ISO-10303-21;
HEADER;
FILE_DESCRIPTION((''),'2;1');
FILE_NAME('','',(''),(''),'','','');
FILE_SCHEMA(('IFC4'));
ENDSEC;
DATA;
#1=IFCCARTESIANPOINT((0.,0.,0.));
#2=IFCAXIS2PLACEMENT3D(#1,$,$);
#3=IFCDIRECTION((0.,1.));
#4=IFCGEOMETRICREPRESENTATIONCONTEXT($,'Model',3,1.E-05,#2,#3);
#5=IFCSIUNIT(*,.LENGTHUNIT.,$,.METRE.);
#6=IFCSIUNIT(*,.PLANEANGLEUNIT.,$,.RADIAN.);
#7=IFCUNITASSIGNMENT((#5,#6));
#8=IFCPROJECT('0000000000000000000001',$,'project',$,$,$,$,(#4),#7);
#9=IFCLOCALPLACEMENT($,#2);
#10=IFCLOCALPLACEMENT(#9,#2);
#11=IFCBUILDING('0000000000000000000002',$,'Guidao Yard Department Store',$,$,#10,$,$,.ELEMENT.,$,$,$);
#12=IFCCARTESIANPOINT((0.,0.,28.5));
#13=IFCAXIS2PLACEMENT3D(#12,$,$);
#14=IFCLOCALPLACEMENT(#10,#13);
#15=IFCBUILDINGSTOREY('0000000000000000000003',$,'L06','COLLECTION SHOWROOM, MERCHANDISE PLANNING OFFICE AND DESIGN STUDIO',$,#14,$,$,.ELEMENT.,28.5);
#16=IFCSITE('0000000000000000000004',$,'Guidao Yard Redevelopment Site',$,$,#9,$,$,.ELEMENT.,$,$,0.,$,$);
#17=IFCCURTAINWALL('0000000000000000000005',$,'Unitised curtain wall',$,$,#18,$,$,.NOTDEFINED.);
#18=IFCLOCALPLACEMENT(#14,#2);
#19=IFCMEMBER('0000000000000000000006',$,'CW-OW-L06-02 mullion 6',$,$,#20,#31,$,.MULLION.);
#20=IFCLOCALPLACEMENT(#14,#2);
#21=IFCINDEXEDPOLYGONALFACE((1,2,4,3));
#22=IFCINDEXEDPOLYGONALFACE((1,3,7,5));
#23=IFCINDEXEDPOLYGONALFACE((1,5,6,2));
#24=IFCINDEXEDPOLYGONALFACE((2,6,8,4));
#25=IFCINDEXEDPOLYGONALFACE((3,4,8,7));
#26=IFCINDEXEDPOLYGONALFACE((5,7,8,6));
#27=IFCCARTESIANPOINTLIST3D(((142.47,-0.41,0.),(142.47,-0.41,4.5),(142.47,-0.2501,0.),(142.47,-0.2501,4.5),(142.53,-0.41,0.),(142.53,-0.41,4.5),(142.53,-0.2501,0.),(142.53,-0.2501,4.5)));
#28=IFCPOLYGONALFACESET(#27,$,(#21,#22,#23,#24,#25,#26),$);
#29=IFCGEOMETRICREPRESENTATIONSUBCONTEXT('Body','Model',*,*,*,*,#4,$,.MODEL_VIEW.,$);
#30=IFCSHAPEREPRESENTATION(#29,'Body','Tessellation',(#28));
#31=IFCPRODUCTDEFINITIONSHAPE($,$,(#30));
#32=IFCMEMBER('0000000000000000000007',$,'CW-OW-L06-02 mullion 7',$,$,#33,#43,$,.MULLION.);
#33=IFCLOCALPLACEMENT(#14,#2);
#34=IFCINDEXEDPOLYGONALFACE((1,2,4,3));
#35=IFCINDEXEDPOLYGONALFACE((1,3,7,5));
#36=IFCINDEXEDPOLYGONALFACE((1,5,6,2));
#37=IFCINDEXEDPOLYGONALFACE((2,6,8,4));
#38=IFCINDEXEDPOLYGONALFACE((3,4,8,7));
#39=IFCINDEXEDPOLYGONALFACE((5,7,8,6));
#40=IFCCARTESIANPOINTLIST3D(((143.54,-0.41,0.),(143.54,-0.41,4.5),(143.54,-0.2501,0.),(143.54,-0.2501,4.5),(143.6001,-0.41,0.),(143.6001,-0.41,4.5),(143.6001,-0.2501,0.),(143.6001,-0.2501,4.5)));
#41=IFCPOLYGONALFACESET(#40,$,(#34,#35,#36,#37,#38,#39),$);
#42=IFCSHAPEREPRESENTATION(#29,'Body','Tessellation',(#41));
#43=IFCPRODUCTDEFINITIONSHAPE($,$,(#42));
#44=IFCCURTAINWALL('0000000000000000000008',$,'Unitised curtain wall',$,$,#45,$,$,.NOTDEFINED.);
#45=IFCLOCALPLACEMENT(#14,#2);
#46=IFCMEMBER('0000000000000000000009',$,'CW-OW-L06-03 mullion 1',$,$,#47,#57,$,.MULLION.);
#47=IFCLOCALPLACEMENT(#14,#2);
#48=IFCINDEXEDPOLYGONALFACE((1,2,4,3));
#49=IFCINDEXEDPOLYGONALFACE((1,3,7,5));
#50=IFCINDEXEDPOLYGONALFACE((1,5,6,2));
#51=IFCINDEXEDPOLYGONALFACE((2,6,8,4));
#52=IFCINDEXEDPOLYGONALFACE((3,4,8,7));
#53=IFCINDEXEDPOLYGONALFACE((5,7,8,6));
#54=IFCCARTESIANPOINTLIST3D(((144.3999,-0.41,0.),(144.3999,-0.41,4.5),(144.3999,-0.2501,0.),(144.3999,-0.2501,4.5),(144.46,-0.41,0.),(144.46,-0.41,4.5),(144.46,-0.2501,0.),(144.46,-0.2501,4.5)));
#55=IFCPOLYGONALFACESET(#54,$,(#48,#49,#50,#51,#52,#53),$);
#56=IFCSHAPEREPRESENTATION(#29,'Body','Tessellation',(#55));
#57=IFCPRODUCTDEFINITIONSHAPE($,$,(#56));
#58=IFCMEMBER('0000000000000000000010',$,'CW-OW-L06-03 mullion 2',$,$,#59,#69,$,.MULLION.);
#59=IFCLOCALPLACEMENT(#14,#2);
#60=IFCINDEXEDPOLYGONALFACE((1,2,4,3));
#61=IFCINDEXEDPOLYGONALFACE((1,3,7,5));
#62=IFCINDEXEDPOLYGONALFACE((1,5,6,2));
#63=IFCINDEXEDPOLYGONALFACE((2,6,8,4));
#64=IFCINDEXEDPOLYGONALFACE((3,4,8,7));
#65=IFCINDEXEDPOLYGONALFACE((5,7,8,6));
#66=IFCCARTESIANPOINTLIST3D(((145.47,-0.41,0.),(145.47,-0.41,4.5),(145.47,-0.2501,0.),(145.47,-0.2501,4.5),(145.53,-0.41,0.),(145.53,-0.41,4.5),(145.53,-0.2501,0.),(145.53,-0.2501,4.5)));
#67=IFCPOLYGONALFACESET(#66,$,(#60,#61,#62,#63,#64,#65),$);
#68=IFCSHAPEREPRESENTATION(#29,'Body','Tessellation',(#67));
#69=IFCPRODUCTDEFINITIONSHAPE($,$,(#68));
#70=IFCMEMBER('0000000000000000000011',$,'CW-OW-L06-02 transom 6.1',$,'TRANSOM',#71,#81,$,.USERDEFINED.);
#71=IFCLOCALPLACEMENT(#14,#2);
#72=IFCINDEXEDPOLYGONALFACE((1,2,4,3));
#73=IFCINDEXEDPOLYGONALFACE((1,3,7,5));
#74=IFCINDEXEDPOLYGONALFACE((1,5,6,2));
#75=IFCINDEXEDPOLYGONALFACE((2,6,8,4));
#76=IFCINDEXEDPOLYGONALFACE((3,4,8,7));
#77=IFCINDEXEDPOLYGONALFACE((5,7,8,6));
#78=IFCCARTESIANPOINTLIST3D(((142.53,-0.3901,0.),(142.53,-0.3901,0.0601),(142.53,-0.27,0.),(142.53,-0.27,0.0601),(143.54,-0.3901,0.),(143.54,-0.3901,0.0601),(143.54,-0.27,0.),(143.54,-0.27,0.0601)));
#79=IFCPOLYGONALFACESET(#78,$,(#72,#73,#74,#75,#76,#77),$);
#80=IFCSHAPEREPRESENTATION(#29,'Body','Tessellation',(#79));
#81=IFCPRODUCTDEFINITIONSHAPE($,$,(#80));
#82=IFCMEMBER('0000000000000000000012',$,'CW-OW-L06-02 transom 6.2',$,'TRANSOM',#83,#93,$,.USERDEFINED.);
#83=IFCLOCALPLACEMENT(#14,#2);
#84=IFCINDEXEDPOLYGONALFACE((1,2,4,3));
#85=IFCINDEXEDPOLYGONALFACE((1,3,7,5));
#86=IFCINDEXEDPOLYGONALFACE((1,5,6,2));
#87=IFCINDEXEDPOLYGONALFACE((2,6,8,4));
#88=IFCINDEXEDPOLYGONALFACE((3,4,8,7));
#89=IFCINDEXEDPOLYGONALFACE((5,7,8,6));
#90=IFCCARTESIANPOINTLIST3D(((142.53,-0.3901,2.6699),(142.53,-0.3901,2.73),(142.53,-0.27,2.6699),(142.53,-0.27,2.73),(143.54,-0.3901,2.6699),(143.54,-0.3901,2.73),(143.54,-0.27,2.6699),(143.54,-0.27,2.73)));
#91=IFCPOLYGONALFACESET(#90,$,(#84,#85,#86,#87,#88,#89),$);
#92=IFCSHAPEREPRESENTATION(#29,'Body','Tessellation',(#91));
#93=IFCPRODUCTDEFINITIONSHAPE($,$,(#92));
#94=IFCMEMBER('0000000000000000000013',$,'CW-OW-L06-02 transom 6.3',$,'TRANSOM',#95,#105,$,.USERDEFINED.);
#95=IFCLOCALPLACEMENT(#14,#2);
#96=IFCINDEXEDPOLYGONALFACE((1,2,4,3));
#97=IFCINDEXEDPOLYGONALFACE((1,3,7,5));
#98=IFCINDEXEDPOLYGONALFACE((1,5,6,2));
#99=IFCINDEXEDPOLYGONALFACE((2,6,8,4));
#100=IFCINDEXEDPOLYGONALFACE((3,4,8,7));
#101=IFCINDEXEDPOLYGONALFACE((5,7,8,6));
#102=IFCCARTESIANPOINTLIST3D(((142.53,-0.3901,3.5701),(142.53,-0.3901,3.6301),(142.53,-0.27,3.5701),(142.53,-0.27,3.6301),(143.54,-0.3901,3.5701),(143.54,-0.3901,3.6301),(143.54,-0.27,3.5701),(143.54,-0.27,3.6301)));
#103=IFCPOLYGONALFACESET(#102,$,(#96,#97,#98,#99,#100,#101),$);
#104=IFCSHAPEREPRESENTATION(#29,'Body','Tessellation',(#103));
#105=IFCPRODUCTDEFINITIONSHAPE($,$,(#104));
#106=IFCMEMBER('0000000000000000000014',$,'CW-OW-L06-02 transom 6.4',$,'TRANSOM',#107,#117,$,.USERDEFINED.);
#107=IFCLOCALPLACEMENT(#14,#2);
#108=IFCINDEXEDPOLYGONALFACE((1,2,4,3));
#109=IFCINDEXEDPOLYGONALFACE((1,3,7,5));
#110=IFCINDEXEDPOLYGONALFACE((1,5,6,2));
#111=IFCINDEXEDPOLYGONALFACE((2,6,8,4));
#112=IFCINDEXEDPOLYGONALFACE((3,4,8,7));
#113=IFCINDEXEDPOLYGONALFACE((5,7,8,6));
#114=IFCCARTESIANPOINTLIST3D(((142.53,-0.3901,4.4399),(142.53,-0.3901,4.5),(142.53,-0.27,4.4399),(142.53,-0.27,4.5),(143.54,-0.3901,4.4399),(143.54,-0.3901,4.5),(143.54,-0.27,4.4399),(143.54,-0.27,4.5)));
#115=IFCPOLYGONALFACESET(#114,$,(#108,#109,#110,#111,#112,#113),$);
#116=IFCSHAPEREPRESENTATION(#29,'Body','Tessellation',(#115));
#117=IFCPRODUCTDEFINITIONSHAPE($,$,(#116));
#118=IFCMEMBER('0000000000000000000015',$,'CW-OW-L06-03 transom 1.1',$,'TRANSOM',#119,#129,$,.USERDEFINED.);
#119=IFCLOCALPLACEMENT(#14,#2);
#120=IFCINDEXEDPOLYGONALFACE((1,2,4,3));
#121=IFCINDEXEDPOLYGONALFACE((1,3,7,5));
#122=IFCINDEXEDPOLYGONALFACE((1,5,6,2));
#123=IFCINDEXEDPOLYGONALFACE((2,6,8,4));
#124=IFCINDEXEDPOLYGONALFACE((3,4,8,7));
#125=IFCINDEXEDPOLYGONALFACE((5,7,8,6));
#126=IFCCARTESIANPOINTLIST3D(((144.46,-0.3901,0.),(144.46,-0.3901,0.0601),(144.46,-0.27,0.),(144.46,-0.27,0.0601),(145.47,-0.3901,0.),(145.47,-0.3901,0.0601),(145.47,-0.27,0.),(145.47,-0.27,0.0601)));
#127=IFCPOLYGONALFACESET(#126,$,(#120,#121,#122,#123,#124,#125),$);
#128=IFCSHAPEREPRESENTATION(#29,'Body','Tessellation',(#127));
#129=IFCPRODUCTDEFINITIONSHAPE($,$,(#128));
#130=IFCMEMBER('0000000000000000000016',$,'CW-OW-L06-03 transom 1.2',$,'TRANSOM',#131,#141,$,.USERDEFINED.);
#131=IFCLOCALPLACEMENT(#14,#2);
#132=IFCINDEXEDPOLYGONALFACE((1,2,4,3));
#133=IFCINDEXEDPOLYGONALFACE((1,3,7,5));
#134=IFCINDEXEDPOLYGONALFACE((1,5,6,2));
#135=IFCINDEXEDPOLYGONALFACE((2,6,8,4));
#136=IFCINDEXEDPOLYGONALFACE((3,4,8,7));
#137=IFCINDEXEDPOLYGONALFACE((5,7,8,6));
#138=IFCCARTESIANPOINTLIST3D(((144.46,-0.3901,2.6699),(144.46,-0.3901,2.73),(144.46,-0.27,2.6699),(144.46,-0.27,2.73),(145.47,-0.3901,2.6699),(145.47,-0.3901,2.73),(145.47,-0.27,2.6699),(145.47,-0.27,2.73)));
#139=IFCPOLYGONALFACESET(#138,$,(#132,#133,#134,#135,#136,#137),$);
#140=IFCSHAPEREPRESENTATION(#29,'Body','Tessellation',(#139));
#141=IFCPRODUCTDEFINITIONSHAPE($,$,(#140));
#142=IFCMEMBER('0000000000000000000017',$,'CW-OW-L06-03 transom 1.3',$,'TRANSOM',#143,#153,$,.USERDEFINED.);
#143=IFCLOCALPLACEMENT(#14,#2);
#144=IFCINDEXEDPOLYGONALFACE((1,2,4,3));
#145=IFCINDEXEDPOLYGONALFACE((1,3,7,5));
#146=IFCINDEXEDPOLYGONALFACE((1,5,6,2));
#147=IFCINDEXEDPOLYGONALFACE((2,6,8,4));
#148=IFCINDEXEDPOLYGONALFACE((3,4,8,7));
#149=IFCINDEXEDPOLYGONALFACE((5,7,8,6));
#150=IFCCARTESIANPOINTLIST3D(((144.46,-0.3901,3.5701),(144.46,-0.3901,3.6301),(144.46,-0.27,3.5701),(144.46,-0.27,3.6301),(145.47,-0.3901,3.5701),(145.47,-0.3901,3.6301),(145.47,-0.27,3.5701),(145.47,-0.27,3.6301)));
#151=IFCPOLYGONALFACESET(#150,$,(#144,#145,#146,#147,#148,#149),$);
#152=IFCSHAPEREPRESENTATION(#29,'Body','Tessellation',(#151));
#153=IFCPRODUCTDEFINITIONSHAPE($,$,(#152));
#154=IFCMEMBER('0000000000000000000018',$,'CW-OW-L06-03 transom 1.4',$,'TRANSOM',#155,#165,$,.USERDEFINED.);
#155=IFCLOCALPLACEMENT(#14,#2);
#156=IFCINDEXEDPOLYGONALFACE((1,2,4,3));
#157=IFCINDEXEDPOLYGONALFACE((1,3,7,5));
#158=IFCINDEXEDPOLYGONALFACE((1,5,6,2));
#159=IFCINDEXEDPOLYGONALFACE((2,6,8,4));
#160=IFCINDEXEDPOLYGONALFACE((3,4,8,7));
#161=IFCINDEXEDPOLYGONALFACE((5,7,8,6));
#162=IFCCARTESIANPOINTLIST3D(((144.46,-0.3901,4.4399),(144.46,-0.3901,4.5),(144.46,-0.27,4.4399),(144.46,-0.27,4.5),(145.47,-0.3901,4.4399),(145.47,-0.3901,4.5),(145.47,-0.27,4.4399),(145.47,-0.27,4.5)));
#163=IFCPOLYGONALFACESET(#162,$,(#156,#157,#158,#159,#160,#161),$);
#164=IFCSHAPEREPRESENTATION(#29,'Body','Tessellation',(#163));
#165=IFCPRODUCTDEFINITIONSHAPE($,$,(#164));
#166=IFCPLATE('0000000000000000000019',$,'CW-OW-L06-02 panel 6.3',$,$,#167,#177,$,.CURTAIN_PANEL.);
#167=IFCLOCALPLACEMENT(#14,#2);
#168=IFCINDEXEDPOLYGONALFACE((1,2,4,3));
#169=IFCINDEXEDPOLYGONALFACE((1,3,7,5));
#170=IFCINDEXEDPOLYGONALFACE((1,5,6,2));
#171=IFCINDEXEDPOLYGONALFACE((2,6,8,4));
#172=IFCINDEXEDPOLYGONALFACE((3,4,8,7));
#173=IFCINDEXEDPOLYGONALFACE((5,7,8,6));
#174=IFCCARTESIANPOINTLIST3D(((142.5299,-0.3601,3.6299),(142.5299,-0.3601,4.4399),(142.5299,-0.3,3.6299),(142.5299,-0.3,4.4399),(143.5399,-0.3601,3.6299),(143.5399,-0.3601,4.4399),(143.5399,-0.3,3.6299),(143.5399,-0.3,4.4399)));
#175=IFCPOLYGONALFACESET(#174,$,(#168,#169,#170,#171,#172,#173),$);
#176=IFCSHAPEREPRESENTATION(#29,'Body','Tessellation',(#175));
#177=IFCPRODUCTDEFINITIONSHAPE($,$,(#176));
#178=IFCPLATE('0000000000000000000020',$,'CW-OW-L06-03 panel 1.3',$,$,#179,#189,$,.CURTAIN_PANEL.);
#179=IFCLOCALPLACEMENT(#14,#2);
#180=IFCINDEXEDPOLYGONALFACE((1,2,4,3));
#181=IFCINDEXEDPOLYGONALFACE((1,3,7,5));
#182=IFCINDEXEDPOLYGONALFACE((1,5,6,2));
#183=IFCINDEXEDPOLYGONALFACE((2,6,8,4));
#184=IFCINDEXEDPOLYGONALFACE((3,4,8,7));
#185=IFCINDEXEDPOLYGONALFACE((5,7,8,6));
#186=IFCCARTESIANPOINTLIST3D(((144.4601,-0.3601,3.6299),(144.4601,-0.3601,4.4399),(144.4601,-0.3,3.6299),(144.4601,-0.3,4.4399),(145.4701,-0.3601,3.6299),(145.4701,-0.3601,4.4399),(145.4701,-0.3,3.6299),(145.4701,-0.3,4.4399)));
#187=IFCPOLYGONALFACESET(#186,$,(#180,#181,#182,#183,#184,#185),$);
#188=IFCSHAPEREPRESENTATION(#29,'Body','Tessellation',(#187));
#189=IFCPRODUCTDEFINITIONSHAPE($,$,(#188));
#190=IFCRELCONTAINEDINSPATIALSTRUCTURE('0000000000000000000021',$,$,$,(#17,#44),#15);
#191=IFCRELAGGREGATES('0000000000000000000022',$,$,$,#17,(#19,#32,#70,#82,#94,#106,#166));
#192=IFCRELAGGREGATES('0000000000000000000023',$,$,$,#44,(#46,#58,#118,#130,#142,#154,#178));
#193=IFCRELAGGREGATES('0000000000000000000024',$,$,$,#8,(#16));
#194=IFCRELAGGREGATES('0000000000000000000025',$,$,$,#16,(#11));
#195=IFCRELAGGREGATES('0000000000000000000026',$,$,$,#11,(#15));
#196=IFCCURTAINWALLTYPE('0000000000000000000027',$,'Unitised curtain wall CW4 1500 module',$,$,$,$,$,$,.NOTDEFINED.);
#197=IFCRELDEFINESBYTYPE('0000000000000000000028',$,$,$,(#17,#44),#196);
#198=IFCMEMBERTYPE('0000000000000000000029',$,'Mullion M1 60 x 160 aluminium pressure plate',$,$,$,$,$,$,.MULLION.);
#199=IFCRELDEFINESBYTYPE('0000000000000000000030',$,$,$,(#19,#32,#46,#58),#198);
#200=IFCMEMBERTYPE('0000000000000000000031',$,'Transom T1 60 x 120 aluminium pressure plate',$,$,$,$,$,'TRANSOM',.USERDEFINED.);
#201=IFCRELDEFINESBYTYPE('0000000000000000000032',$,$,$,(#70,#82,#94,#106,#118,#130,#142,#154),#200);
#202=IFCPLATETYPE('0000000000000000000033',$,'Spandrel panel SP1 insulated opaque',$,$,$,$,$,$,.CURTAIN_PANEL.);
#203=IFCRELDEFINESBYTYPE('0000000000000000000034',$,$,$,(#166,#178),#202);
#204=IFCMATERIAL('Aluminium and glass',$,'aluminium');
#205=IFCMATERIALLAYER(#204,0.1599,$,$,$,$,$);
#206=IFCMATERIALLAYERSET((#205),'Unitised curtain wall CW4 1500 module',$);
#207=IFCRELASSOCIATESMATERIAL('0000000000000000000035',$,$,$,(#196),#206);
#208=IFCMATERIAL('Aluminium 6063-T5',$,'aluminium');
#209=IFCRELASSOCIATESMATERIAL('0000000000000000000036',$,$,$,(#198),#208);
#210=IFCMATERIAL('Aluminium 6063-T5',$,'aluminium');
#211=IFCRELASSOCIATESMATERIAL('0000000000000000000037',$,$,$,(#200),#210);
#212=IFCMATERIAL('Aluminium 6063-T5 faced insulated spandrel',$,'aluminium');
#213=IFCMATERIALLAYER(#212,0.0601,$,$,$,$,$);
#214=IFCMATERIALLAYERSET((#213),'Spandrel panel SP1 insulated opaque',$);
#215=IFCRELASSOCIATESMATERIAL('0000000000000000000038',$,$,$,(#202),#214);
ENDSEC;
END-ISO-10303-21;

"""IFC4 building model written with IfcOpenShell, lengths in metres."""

from ifc_helpers import new_model, si_unit, direction, frame, origin, origin_2d, place, context, subcontext, project, spatial, rectangle, extrude, material, layer, layer_set, material_profile, profile_set, type_object, element, aggregate, save


model = new_model("IFC4")

# Units and contexts
model_context = context("Model", 3, precision=1e-05, world=origin(), true_north=direction((0.0, 1.0)))
body_context = subcontext(model_context, "Body", "Model", "MODEL_VIEW")
ifc_project = project(units=[si_unit("LENGTHUNIT", "METRE"), si_unit("PLANEANGLEUNIT", "RADIAN")], contexts=[model_context])

# Site, building, storey
site_placement = place(None, origin())
site = spatial("IfcSite", under=ifc_project, at=site_placement, Name="Guidao Yard Redevelopment Site", CompositionType="ELEMENT", RefElevation=0.0)
building_placement = place(site_placement, origin())
building = spatial("IfcBuilding", under=site, at=building_placement, Name="Guidao Yard Department Store", CompositionType="ELEMENT")
storey_placement = place(building_placement, frame((0.0, 0.0, 28.5)))
storey = spatial("IfcBuildingStorey", under=building, at=storey_placement, Name="L06", Description="COLLECTION SHOWROOM, MERCHANDISE PLANNING OFFICE AND DESIGN STUDIO", CompositionType="ELEMENT", Elevation=28.5)

# Curtain walls, members
ifc_material_1 = material(Name="Aluminium and glass", Category="aluminium")
ifc_layer_1 = layer(ifc_material_1, 0.1599)
ifc_layer_set_1 = layer_set([ifc_layer_1], Name="Unitised curtain wall CW4 1500 module")
curtain_wall_type = type_object("IfcCurtainWallType", Name="Unitised curtain wall CW4 1500 module", PredefinedType="NOTDEFINED", material=ifc_layer_set_1)
curtain_wall_1_placement = place(storey_placement, origin())
curtain_wall_1 = element("IfcCurtainWall", 1, at=curtain_wall_1_placement, inside=storey, type_object=curtain_wall_type, Name="Unitised curtain wall", PredefinedType="NOTDEFINED")
ifc_material_2 = material(Name="Aluminium 6063-T5", Category="aluminium")
ifc_material_profile_1 = material_profile(ifc_material_2, rectangle(XDim=0.0601, YDim=0.1599, at=origin_2d()), Name="Mullion M1 60 x 160 aluminium pressure plate")
ifc_profile_set_1 = profile_set([ifc_material_profile_1], Name="Aluminium 6063-T5")
member_type_1 = type_object("IfcMemberType", Name="Mullion M1 60 x 160 aluminium pressure plate", PredefinedType="MULLION", material=ifc_profile_set_1)
member_1_placement = place(storey_placement, frame((142.5, -0.3301, 0.0), z_axis=(0.0, 0.0, 1.0), x_axis=(-1.0, 0.0, 0.0)))
member_1 = element("IfcMember", 2, at=member_1_placement, type_object=member_type_1, Name="CW-OW-L06-02 mullion 6", PredefinedType="MULLION", context=body_context, shape_type="SweptSolid", body=[
    extrude(rectangle(XDim=0.0601, YDim=0.1599, at=origin_2d()), origin(), (0.0, 0.0, 1.0), 4.5),
])
member_2_placement = place(storey_placement, frame((143.5701, -0.3301, 0.0), z_axis=(0.0, 0.0, 1.0), x_axis=(-1.0, 0.0, 0.0)))
member_2 = element("IfcMember", 3, at=member_2_placement, type_object=member_type_1, Name="CW-OW-L06-02 mullion 7", PredefinedType="MULLION", context=body_context, shape_type="SweptSolid", body=[
    extrude(rectangle(XDim=0.0601, YDim=0.1599, at=origin_2d()), origin(), (0.0, 0.0, 1.0), 4.5),
])
curtain_wall_2_placement = place(storey_placement, origin())
curtain_wall_2 = element("IfcCurtainWall", 4, at=curtain_wall_2_placement, inside=storey, type_object=curtain_wall_type, Name="Unitised curtain wall", PredefinedType="NOTDEFINED")
member_3_placement = place(storey_placement, frame((144.4299, -0.3301, 0.0), z_axis=(0.0, 0.0, 1.0), x_axis=(-1.0, 0.0, 0.0)))
member_3 = element("IfcMember", 5, at=member_3_placement, type_object=member_type_1, Name="CW-OW-L06-03 mullion 1", PredefinedType="MULLION", context=body_context, shape_type="SweptSolid", body=[
    extrude(rectangle(XDim=0.0601, YDim=0.1599, at=origin_2d()), origin(), (0.0, 0.0, 1.0), 4.5),
])
member_4_placement = place(storey_placement, frame((145.5, -0.3301, 0.0), z_axis=(0.0, 0.0, 1.0), x_axis=(-1.0, 0.0, 0.0)))
member_4 = element("IfcMember", 6, at=member_4_placement, type_object=member_type_1, Name="CW-OW-L06-03 mullion 2", PredefinedType="MULLION", context=body_context, shape_type="SweptSolid", body=[
    extrude(rectangle(XDim=0.0601, YDim=0.1599, at=origin_2d()), origin(), (0.0, 0.0, 1.0), 4.5),
])

# Members
ifc_material_3 = material(Name="Aluminium 6063-T5", Category="aluminium")
ifc_material_profile_2 = material_profile(ifc_material_3, rectangle(XDim=0.1201, YDim=0.0601, at=origin_2d()), Name="Transom T1 60 x 120 aluminium pressure plate")
ifc_profile_set_2 = profile_set([ifc_material_profile_2], Name="Aluminium 6063-T5")
member_type_2 = type_object("IfcMemberType", Name="Transom T1 60 x 120 aluminium pressure plate", ElementType="TRANSOM", PredefinedType="USERDEFINED", material=ifc_profile_set_2)
member_5_placement = place(storey_placement, frame((143.54, -0.3301, 0.03), z_axis=(-1.0, 0.0, 0.0), x_axis=(0.0, -1.0, 0.0)))
member_5 = element("IfcMember", 7, at=member_5_placement, type_object=member_type_2, Name="CW-OW-L06-02 transom 6.1", ObjectType="TRANSOM", PredefinedType="USERDEFINED", context=body_context, shape_type="SweptSolid", body=[
    extrude(rectangle(XDim=0.1201, YDim=0.0601, at=origin_2d()), origin(), (0.0, 0.0, 1.0), 1.01),
])
member_6_placement = place(storey_placement, frame((143.54, -0.3301, 2.7), z_axis=(-1.0, 0.0, 0.0), x_axis=(0.0, -1.0, 0.0)))
member_6 = element("IfcMember", 8, at=member_6_placement, type_object=member_type_2, Name="CW-OW-L06-02 transom 6.2", ObjectType="TRANSOM", PredefinedType="USERDEFINED", context=body_context, shape_type="SweptSolid", body=[
    extrude(rectangle(XDim=0.1201, YDim=0.0601, at=origin_2d()), origin(), (0.0, 0.0, 1.0), 1.01),
])
member_7_placement = place(storey_placement, frame((143.54, -0.3301, 3.6001), z_axis=(-1.0, 0.0, 0.0), x_axis=(0.0, -1.0, 0.0)))
member_7 = element("IfcMember", 9, at=member_7_placement, type_object=member_type_2, Name="CW-OW-L06-02 transom 6.3", ObjectType="TRANSOM", PredefinedType="USERDEFINED", context=body_context, shape_type="SweptSolid", body=[
    extrude(rectangle(XDim=0.1201, YDim=0.0601, at=origin_2d()), origin(), (0.0, 0.0, 1.0), 1.01),
])
member_8_placement = place(storey_placement, frame((143.54, -0.3301, 4.47), z_axis=(-1.0, 0.0, 0.0), x_axis=(0.0, -1.0, 0.0)))
member_8 = element("IfcMember", 10, at=member_8_placement, type_object=member_type_2, Name="CW-OW-L06-02 transom 6.4", ObjectType="TRANSOM", PredefinedType="USERDEFINED", context=body_context, shape_type="SweptSolid", body=[
    extrude(rectangle(XDim=0.1201, YDim=0.0601, at=origin_2d()), origin(), (0.0, 0.0, 1.0), 1.01),
])
member_9_placement = place(storey_placement, frame((145.47, -0.3301, 0.03), z_axis=(-1.0, 0.0, 0.0), x_axis=(0.0, -1.0, 0.0)))
member_9 = element("IfcMember", 11, at=member_9_placement, type_object=member_type_2, Name="CW-OW-L06-03 transom 1.1", ObjectType="TRANSOM", PredefinedType="USERDEFINED", context=body_context, shape_type="SweptSolid", body=[
    extrude(rectangle(XDim=0.1201, YDim=0.0601, at=origin_2d()), origin(), (0.0, 0.0, 1.0), 1.01),
])
member_10_placement = place(storey_placement, frame((145.47, -0.3301, 2.7), z_axis=(-1.0, 0.0, 0.0), x_axis=(0.0, -1.0, 0.0)))
member_10 = element("IfcMember", 12, at=member_10_placement, type_object=member_type_2, Name="CW-OW-L06-03 transom 1.2", ObjectType="TRANSOM", PredefinedType="USERDEFINED", context=body_context, shape_type="SweptSolid", body=[
    extrude(rectangle(XDim=0.1201, YDim=0.0601, at=origin_2d()), origin(), (0.0, 0.0, 1.0), 1.01),
])
member_11_placement = place(storey_placement, frame((145.47, -0.3301, 3.6001), z_axis=(-1.0, 0.0, 0.0), x_axis=(0.0, -1.0, 0.0)))
member_11 = element("IfcMember", 13, at=member_11_placement, type_object=member_type_2, Name="CW-OW-L06-03 transom 1.3", ObjectType="TRANSOM", PredefinedType="USERDEFINED", context=body_context, shape_type="SweptSolid", body=[
    extrude(rectangle(XDim=0.1201, YDim=0.0601, at=origin_2d()), origin(), (0.0, 0.0, 1.0), 1.01),
])
member_12_placement = place(storey_placement, frame((145.47, -0.3301, 4.47), z_axis=(-1.0, 0.0, 0.0), x_axis=(0.0, -1.0, 0.0)))
member_12 = element("IfcMember", 14, at=member_12_placement, type_object=member_type_2, Name="CW-OW-L06-03 transom 1.4", ObjectType="TRANSOM", PredefinedType="USERDEFINED", context=body_context, shape_type="SweptSolid", body=[
    extrude(rectangle(XDim=0.1201, YDim=0.0601, at=origin_2d()), origin(), (0.0, 0.0, 1.0), 1.01),
])

# Plates
ifc_material_4 = material(Name="Aluminium 6063-T5 faced insulated spandrel", Category="aluminium")
ifc_layer_2 = layer(ifc_material_4, 0.0601)
ifc_layer_set_2 = layer_set([ifc_layer_2], Name="Spandrel panel SP1 insulated opaque")
plate_type_1 = type_object("IfcPlateType", Name="Spandrel panel SP1 insulated opaque", PredefinedType="CURTAIN_PANEL", material=ifc_layer_set_2)
plate_1_placement = place(storey_placement, frame((143.0349, -0.3301, 3.6299), z_axis=(0.0, 0.0, 1.0), x_axis=(-1.0, 0.0, 0.0)))
plate_1 = element("IfcPlate", 15, at=plate_1_placement, type_object=plate_type_1, Name="CW-OW-L06-02 panel 6.3", PredefinedType="CURTAIN_PANEL", context=body_context, shape_type="SweptSolid", body=[
    extrude(rectangle(XDim=1.01, YDim=0.0601, at=origin_2d()), origin(), (0.0, 0.0, 1.0), 0.8101),
])
plate_2_placement = place(storey_placement, frame((144.9651, -0.3301, 3.6299), z_axis=(0.0, 0.0, 1.0), x_axis=(-1.0, 0.0, 0.0)))
plate_2 = element("IfcPlate", 16, at=plate_2_placement, type_object=plate_type_1, Name="CW-OW-L06-03 panel 1.3", PredefinedType="CURTAIN_PANEL", context=body_context, shape_type="SweptSolid", body=[
    extrude(rectangle(XDim=1.01, YDim=0.0601, at=origin_2d()), origin(), (0.0, 0.0, 1.0), 0.8101),
])
aggregate(curtain_wall_1, [member_1, member_2, member_5, member_6, member_7, member_8, plate_1])
aggregate(curtain_wall_2, [member_3, member_4, member_9, member_10, member_11, member_12, plate_2])

save(model, "model.ifc")
